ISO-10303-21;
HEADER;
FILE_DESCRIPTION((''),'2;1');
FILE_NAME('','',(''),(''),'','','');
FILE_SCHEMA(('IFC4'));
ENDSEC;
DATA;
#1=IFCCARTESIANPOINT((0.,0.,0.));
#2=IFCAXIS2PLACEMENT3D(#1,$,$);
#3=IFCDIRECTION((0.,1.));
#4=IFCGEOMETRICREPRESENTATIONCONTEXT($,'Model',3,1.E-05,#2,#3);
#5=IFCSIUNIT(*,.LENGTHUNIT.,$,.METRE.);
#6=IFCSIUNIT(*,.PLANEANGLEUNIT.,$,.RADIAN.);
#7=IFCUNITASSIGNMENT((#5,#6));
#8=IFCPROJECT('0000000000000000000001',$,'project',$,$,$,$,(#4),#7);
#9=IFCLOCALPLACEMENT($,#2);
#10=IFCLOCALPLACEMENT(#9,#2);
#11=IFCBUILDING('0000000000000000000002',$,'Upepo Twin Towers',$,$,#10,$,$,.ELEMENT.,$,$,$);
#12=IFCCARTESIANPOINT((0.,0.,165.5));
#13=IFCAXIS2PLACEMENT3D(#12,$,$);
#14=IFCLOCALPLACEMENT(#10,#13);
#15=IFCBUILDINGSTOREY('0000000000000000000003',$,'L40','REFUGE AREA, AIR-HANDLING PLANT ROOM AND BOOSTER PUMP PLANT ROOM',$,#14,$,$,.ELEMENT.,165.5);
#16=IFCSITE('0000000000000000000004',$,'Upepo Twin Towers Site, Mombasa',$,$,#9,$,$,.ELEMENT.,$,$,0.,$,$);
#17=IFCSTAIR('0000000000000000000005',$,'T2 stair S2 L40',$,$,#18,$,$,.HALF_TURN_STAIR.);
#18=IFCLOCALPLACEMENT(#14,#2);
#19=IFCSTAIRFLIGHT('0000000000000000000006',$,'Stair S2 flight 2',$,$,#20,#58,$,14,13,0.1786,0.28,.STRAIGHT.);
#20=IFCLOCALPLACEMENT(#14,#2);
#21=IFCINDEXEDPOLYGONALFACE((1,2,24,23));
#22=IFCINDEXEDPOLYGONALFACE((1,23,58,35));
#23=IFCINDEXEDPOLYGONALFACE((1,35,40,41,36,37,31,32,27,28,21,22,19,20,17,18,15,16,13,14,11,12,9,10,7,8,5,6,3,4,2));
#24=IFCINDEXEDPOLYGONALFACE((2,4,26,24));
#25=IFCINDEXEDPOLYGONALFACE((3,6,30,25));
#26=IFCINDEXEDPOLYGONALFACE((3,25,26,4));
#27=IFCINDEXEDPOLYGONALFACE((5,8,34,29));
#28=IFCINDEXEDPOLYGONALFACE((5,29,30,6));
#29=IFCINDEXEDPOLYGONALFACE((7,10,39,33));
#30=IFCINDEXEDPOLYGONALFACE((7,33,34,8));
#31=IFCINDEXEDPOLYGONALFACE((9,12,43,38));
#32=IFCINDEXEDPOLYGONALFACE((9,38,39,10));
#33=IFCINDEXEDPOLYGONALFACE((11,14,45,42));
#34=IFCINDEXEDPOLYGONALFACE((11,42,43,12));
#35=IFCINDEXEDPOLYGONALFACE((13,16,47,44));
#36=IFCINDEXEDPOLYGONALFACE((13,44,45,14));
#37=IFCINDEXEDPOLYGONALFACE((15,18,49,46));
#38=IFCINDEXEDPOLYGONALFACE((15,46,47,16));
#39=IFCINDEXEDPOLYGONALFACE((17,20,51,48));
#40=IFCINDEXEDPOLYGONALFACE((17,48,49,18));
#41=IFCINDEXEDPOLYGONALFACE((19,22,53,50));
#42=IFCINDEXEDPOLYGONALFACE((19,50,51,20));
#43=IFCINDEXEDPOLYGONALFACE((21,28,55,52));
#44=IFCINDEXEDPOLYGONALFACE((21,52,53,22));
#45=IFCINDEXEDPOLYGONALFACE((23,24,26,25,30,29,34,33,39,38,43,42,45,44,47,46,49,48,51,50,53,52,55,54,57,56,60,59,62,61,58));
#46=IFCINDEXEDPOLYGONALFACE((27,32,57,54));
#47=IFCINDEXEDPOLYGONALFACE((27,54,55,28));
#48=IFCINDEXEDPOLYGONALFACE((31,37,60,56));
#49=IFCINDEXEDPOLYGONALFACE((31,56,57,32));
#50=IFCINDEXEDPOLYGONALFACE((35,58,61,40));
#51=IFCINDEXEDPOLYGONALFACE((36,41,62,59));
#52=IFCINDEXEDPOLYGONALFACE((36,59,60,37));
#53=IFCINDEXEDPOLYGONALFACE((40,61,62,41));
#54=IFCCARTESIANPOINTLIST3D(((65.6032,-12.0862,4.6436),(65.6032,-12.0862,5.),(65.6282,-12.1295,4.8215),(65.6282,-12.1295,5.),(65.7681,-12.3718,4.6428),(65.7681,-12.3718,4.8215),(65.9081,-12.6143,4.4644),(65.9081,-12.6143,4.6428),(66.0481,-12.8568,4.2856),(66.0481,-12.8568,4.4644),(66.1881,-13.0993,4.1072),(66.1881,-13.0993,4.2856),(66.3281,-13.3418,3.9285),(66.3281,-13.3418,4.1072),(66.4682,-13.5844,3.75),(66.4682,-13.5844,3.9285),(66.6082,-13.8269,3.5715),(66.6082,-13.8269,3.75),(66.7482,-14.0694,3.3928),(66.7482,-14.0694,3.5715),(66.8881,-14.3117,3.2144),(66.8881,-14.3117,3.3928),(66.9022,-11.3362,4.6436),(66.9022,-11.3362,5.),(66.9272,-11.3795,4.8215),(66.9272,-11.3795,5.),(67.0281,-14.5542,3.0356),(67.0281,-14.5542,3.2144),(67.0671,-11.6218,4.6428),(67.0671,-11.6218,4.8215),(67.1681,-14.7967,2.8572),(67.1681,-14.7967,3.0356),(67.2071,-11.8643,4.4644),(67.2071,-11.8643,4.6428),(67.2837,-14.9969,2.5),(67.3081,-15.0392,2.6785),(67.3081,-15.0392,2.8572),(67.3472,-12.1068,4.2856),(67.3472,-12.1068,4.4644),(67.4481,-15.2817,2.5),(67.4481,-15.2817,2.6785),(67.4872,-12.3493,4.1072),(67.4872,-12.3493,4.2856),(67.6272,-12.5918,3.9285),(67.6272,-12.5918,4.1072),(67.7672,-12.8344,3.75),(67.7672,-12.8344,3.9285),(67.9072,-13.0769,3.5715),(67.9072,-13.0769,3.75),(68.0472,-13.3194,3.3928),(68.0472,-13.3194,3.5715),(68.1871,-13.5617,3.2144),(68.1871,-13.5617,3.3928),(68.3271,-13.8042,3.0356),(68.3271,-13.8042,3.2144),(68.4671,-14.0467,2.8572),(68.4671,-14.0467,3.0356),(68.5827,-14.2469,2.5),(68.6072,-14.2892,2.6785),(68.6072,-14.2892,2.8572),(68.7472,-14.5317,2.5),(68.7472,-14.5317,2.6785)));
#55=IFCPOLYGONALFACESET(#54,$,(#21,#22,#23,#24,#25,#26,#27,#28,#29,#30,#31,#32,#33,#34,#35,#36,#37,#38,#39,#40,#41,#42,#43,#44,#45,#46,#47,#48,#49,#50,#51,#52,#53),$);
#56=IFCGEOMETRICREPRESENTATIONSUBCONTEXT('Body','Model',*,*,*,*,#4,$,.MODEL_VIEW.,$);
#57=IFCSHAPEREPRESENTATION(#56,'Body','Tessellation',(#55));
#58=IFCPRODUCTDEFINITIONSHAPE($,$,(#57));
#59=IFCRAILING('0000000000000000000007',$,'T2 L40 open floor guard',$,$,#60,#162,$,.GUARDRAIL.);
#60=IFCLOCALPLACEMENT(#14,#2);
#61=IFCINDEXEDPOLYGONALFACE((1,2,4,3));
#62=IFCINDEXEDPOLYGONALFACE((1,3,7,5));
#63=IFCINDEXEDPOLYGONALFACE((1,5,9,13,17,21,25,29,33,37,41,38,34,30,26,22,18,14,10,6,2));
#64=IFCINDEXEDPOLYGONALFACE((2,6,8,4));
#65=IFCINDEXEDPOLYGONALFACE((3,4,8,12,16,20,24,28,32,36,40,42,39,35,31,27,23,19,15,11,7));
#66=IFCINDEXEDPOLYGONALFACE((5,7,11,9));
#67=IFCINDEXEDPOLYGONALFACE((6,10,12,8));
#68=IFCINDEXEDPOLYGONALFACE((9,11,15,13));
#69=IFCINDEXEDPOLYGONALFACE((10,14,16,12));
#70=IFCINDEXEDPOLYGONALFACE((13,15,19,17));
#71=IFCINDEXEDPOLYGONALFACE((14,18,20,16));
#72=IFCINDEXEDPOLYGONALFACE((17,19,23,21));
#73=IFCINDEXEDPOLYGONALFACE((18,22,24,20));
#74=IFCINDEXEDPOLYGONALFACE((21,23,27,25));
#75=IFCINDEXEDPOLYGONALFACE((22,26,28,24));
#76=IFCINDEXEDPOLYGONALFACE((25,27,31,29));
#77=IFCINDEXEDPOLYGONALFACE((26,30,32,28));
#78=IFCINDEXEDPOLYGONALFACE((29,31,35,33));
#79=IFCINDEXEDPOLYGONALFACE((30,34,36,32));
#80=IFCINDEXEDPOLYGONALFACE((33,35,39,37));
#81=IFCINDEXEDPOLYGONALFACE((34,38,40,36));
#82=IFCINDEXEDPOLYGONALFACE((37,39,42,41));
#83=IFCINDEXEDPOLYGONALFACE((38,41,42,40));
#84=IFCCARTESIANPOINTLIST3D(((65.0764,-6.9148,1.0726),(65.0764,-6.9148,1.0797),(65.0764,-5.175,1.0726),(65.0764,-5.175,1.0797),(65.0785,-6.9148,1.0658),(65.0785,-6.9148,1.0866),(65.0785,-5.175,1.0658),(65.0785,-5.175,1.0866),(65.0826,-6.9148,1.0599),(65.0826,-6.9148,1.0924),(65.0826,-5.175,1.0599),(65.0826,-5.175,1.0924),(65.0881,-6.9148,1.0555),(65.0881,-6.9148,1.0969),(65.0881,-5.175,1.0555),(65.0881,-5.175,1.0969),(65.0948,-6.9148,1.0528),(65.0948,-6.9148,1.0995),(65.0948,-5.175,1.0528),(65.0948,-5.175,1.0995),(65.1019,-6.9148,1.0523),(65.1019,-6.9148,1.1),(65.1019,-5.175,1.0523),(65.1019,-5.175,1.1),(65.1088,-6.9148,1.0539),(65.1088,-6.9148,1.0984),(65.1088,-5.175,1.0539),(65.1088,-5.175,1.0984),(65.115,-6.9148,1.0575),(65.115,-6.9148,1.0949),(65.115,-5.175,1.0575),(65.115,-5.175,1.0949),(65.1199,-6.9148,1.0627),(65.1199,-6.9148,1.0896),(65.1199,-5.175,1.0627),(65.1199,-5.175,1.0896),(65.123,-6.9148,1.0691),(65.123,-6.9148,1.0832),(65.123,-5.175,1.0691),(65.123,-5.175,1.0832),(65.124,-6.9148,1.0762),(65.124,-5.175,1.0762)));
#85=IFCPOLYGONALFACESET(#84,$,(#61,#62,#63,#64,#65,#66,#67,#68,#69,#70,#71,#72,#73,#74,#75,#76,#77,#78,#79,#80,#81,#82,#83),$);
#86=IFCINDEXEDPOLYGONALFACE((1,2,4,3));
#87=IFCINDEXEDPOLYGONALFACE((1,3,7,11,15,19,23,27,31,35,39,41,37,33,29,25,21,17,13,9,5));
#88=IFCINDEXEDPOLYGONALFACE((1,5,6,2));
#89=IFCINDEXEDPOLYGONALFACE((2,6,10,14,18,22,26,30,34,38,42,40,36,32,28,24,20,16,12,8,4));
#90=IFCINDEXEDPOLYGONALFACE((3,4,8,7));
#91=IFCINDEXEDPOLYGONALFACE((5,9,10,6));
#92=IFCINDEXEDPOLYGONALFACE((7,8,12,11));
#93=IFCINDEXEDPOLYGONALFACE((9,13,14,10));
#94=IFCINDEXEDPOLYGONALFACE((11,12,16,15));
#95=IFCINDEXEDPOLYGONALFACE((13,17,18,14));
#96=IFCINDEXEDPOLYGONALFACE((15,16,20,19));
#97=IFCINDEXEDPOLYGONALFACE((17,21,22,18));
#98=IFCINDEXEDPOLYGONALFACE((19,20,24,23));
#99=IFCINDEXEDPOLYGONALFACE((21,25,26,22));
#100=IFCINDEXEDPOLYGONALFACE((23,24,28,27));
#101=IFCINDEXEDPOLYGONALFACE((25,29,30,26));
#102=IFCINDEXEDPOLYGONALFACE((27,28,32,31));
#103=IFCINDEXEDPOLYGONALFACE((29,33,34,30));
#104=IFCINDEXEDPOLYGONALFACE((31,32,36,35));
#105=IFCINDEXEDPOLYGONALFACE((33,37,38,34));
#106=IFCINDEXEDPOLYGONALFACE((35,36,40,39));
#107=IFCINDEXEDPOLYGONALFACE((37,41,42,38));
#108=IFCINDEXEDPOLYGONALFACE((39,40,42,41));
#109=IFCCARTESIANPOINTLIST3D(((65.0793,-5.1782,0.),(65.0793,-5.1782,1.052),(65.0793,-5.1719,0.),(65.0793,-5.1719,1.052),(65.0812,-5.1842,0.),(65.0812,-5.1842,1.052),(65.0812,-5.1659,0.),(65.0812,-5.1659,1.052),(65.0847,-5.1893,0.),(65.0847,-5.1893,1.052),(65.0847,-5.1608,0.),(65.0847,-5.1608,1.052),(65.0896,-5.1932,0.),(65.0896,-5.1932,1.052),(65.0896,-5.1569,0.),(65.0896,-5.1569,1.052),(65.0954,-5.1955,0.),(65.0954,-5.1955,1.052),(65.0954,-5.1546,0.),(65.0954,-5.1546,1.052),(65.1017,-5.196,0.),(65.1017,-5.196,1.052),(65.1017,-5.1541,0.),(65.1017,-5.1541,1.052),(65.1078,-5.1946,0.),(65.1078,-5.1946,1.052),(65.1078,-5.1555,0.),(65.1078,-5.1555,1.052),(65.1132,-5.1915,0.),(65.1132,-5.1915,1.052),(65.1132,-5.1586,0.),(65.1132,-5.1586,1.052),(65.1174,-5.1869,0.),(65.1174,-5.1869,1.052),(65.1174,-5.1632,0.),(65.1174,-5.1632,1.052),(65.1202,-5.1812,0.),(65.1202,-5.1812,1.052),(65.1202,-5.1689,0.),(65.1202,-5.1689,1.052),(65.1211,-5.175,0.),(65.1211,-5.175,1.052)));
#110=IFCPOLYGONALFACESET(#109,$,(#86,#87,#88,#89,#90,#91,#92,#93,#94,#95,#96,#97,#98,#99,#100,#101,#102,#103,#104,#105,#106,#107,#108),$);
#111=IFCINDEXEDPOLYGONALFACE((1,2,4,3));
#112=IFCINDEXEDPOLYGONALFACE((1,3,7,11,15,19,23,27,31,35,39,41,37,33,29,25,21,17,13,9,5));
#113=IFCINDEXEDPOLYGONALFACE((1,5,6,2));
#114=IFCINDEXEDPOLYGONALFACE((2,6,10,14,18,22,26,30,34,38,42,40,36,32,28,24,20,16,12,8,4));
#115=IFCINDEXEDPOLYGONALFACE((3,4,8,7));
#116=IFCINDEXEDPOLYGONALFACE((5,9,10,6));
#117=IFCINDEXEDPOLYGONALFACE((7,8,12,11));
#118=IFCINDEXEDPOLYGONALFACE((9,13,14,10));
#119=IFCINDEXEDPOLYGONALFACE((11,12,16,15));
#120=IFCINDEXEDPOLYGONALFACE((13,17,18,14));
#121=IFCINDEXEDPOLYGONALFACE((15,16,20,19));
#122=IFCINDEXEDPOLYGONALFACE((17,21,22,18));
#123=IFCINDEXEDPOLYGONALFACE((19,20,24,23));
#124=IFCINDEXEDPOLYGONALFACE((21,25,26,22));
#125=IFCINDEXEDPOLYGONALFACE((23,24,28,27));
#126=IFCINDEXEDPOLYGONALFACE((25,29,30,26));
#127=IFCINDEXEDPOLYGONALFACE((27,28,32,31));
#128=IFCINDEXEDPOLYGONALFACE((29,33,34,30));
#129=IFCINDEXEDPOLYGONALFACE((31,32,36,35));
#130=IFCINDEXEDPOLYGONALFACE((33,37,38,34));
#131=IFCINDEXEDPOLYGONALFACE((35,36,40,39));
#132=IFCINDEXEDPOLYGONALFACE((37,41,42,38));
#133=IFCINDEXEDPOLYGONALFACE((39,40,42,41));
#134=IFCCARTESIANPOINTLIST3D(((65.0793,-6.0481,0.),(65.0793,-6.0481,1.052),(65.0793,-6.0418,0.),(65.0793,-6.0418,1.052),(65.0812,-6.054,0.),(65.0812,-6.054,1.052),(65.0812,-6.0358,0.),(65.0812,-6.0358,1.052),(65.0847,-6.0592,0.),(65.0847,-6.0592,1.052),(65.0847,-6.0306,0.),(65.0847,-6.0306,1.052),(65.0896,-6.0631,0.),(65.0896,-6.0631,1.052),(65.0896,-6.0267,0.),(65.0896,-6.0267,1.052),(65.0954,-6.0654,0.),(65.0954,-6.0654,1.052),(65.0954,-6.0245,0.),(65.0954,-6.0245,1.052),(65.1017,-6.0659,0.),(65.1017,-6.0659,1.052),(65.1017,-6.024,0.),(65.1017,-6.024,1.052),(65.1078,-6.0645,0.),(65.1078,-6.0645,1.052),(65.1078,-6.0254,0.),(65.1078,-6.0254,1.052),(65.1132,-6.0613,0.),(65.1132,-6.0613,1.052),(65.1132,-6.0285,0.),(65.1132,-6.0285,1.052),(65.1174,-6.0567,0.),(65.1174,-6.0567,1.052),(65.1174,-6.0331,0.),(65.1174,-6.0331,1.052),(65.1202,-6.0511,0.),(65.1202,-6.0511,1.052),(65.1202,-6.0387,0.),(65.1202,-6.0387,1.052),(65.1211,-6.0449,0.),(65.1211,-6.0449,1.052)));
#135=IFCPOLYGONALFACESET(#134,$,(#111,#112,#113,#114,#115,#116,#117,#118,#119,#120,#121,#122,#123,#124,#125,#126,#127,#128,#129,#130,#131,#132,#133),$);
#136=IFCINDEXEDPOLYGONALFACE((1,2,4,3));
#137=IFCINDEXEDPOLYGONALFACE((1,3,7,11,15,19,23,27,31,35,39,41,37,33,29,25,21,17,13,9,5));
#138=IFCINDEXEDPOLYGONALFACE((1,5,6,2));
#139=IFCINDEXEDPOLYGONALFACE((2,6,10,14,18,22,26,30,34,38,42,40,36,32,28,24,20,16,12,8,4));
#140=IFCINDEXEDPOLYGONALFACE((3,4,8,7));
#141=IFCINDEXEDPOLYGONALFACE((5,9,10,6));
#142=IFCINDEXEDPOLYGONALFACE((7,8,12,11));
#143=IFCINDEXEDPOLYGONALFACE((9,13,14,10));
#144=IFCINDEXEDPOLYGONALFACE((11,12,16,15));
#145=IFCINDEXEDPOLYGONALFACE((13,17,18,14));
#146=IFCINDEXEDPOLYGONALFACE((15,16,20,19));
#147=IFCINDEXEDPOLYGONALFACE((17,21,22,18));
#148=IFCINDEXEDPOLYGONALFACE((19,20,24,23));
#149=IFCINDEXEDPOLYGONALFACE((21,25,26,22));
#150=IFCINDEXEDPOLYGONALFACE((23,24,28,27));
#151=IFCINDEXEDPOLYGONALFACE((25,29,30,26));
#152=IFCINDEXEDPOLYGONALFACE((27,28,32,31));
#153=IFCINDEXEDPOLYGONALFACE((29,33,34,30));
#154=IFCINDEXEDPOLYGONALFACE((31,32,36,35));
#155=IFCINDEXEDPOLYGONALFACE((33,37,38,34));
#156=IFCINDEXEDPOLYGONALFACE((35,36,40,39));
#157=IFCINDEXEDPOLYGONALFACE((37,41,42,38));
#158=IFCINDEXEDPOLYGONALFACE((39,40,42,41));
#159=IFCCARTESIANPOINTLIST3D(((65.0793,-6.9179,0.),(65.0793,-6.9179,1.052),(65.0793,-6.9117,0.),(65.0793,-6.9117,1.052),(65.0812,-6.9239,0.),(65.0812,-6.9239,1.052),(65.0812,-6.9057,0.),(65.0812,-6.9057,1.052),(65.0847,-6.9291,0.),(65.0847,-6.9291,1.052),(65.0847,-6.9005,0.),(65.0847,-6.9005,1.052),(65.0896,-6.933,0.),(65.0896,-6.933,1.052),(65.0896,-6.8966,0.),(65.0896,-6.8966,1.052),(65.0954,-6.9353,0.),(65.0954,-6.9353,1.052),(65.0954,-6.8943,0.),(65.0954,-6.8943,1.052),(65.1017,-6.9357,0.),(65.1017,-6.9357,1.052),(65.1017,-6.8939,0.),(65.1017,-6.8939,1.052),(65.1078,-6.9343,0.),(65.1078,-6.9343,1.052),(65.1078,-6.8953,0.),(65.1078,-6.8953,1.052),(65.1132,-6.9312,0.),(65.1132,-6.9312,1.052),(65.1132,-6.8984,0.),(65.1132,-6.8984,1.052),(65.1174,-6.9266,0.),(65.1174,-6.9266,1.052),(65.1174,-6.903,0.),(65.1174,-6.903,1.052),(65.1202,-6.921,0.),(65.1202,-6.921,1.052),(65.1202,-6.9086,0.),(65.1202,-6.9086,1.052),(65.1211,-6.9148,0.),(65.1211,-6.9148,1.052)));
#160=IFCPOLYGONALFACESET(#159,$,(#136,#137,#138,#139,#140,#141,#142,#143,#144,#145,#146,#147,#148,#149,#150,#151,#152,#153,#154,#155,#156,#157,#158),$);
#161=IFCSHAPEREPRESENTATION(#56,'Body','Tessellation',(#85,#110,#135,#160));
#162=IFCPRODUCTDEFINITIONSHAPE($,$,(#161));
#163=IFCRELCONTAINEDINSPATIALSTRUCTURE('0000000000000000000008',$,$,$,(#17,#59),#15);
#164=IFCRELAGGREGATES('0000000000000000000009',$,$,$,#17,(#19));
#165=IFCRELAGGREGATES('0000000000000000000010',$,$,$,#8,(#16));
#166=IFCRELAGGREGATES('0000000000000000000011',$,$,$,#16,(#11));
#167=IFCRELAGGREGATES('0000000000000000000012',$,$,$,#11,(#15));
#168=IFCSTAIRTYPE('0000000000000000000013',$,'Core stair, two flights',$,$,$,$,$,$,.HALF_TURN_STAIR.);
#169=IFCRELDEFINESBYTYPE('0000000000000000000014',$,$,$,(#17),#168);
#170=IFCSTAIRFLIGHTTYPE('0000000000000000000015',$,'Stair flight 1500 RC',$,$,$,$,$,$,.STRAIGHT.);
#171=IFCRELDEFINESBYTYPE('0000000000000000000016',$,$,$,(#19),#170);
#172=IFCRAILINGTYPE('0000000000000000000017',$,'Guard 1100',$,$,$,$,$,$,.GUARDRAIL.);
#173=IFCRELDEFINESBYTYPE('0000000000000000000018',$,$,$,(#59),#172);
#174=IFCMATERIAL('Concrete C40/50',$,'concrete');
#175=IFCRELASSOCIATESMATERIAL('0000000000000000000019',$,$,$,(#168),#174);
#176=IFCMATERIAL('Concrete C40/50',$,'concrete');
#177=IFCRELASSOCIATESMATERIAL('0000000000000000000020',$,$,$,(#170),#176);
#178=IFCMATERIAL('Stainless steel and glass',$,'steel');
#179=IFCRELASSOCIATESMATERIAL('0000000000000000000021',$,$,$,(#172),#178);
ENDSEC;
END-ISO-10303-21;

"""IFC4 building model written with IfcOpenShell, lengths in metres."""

from ifc_helpers import new_model, si_unit, direction, frame, origin, origin_2d, place, context, subcontext, project, spatial, polyline, circle, outline, extrude, material, type_object, element, aggregate, save


model = new_model("IFC4")

# Units and contexts
model_context = context("Model", 3, precision=1e-05, world=origin(), true_north=direction((0.0, 1.0)))
body_context = subcontext(model_context, "Body", "Model", "MODEL_VIEW")
ifc_project = project(units=[si_unit("LENGTHUNIT", "METRE"), si_unit("PLANEANGLEUNIT", "RADIAN")], contexts=[model_context])

# Site, building, storey
site_placement = place(None, origin())
site = spatial("IfcSite", under=ifc_project, at=site_placement, Name="Upepo Twin Towers Site, Mombasa", CompositionType="ELEMENT", RefElevation=0.0)
building_placement = place(site_placement, origin())
building = spatial("IfcBuilding", under=site, at=building_placement, Name="Upepo Twin Towers", CompositionType="ELEMENT")
storey_placement = place(building_placement, frame((0.0, 0.0, 165.5)))
storey = spatial("IfcBuildingStorey", under=building, at=storey_placement, Name="L40", Description="REFUGE AREA, AIR-HANDLING PLANT ROOM AND BOOSTER PUMP PLANT ROOM", CompositionType="ELEMENT", Elevation=165.5)

# Stair, stair flight
ifc_material_1 = material(Name="Concrete C40/50", Category="concrete")
stair_type = type_object("IfcStairType", Name="Core stair, two flights", PredefinedType="HALF_TURN_STAIR", material=ifc_material_1)
stair_placement = place(storey_placement, origin())
stair = element("IfcStair", 1, at=stair_placement, inside=storey, type_object=stair_type, Name="T2 stair S2 L40", PredefinedType="HALF_TURN_STAIR")
ifc_material_2 = material(Name="Concrete C40/50", Category="concrete")
stair_flight_type = type_object("IfcStairFlightType", Name="Stair flight 1500 RC", PredefinedType="STRAIGHT", material=ifc_material_2)
stair_flight_1_placement = place(storey_placement, frame((68.0977, -14.9067, 2.5), z_axis=(0.0, 0.0, 1.0), x_axis=(-0.5, 0.866025, 0.0)))
stair_flight_1 = element("IfcStairFlight", 2, at=stair_flight_1_placement, type_object=stair_flight_type, Name="Stair S2 flight 2", NumberOfRisers=14, NumberOfTreads=13, PredefinedType="STRAIGHT", RiserHeight=0.1786, TreadLength=0.28, context=body_context, shape_type="SweptSolid", body=[
    extrude(outline(polyline([(0.0, 0.0), (0.0, 0.1785), (0.28, 0.1785), (0.28, 0.3572), (0.5601, 0.3572), (0.5601, 0.5356), (0.8401, 0.5356), (0.8401, 0.7144), (1.1201, 0.7144), (1.1201, 0.8928), (1.3999, 0.8928), (1.3999, 1.0715), (1.6799, 1.0715), (1.6799, 1.25), (1.96, 1.25), (1.96, 1.4285), (2.24, 1.4285), (2.24, 1.6072), (2.52, 1.6072), (2.52, 1.7856), (2.8, 1.7856), (2.8, 1.9644), (3.0801, 1.9644), (3.0801, 2.1428), (3.3601, 2.1428), (3.3601, 2.3215), (3.6399, 2.3215), (3.6399, 2.5), (3.6899, 2.5), (3.6899, 2.1436), (0.3289, 0.0), (0.0, 0.0)])), frame((0.0, 0.75, 0.0), z_axis=(0.0, -1.0, 0.0), x_axis=(1.0, 0.0, 0.0)), (0.0, 0.0, 1.0), 1.5),
])
aggregate(stair, [stair_flight_1])

# Railing
ifc_material_3 = material(Name="Stainless steel and glass", Category="steel")
railing_type_1 = type_object("IfcRailingType", Name="Guard 1100", PredefinedType="GUARDRAIL", material=ifc_material_3)
railing_1_placement = place(storey_placement, frame((65.1001, -5.175, 0.0)))
element("IfcRailing", 3, at=railing_1_placement, inside=storey, type_object=railing_type_1, Name="T2 L40 open floor guard", PredefinedType="GUARDRAIL", context=body_context, shape_type="SweptSolid", body=[
    extrude(circle(Radius=0.0239, at=origin_2d()), frame((0.0, 0.0, 1.0762), z_axis=(0.0, -1.0, 0.0), x_axis=(1.0, 0.0, 0.0)), (0.0, 0.0, 1.0), 1.7397),
    extrude(circle(Radius=0.021, at=origin_2d()), origin(), (0.0, 0.0, 1.0), 1.052),
    extrude(circle(Radius=0.021, at=origin_2d()), frame((0.0, -0.8699, 0.0)), (0.0, 0.0, 1.0), 1.052),
    extrude(circle(Radius=0.021, at=origin_2d()), frame((0.0, -1.7397, 0.0)), (0.0, 0.0, 1.0), 1.052),
])

save(model, "model.ifc")
